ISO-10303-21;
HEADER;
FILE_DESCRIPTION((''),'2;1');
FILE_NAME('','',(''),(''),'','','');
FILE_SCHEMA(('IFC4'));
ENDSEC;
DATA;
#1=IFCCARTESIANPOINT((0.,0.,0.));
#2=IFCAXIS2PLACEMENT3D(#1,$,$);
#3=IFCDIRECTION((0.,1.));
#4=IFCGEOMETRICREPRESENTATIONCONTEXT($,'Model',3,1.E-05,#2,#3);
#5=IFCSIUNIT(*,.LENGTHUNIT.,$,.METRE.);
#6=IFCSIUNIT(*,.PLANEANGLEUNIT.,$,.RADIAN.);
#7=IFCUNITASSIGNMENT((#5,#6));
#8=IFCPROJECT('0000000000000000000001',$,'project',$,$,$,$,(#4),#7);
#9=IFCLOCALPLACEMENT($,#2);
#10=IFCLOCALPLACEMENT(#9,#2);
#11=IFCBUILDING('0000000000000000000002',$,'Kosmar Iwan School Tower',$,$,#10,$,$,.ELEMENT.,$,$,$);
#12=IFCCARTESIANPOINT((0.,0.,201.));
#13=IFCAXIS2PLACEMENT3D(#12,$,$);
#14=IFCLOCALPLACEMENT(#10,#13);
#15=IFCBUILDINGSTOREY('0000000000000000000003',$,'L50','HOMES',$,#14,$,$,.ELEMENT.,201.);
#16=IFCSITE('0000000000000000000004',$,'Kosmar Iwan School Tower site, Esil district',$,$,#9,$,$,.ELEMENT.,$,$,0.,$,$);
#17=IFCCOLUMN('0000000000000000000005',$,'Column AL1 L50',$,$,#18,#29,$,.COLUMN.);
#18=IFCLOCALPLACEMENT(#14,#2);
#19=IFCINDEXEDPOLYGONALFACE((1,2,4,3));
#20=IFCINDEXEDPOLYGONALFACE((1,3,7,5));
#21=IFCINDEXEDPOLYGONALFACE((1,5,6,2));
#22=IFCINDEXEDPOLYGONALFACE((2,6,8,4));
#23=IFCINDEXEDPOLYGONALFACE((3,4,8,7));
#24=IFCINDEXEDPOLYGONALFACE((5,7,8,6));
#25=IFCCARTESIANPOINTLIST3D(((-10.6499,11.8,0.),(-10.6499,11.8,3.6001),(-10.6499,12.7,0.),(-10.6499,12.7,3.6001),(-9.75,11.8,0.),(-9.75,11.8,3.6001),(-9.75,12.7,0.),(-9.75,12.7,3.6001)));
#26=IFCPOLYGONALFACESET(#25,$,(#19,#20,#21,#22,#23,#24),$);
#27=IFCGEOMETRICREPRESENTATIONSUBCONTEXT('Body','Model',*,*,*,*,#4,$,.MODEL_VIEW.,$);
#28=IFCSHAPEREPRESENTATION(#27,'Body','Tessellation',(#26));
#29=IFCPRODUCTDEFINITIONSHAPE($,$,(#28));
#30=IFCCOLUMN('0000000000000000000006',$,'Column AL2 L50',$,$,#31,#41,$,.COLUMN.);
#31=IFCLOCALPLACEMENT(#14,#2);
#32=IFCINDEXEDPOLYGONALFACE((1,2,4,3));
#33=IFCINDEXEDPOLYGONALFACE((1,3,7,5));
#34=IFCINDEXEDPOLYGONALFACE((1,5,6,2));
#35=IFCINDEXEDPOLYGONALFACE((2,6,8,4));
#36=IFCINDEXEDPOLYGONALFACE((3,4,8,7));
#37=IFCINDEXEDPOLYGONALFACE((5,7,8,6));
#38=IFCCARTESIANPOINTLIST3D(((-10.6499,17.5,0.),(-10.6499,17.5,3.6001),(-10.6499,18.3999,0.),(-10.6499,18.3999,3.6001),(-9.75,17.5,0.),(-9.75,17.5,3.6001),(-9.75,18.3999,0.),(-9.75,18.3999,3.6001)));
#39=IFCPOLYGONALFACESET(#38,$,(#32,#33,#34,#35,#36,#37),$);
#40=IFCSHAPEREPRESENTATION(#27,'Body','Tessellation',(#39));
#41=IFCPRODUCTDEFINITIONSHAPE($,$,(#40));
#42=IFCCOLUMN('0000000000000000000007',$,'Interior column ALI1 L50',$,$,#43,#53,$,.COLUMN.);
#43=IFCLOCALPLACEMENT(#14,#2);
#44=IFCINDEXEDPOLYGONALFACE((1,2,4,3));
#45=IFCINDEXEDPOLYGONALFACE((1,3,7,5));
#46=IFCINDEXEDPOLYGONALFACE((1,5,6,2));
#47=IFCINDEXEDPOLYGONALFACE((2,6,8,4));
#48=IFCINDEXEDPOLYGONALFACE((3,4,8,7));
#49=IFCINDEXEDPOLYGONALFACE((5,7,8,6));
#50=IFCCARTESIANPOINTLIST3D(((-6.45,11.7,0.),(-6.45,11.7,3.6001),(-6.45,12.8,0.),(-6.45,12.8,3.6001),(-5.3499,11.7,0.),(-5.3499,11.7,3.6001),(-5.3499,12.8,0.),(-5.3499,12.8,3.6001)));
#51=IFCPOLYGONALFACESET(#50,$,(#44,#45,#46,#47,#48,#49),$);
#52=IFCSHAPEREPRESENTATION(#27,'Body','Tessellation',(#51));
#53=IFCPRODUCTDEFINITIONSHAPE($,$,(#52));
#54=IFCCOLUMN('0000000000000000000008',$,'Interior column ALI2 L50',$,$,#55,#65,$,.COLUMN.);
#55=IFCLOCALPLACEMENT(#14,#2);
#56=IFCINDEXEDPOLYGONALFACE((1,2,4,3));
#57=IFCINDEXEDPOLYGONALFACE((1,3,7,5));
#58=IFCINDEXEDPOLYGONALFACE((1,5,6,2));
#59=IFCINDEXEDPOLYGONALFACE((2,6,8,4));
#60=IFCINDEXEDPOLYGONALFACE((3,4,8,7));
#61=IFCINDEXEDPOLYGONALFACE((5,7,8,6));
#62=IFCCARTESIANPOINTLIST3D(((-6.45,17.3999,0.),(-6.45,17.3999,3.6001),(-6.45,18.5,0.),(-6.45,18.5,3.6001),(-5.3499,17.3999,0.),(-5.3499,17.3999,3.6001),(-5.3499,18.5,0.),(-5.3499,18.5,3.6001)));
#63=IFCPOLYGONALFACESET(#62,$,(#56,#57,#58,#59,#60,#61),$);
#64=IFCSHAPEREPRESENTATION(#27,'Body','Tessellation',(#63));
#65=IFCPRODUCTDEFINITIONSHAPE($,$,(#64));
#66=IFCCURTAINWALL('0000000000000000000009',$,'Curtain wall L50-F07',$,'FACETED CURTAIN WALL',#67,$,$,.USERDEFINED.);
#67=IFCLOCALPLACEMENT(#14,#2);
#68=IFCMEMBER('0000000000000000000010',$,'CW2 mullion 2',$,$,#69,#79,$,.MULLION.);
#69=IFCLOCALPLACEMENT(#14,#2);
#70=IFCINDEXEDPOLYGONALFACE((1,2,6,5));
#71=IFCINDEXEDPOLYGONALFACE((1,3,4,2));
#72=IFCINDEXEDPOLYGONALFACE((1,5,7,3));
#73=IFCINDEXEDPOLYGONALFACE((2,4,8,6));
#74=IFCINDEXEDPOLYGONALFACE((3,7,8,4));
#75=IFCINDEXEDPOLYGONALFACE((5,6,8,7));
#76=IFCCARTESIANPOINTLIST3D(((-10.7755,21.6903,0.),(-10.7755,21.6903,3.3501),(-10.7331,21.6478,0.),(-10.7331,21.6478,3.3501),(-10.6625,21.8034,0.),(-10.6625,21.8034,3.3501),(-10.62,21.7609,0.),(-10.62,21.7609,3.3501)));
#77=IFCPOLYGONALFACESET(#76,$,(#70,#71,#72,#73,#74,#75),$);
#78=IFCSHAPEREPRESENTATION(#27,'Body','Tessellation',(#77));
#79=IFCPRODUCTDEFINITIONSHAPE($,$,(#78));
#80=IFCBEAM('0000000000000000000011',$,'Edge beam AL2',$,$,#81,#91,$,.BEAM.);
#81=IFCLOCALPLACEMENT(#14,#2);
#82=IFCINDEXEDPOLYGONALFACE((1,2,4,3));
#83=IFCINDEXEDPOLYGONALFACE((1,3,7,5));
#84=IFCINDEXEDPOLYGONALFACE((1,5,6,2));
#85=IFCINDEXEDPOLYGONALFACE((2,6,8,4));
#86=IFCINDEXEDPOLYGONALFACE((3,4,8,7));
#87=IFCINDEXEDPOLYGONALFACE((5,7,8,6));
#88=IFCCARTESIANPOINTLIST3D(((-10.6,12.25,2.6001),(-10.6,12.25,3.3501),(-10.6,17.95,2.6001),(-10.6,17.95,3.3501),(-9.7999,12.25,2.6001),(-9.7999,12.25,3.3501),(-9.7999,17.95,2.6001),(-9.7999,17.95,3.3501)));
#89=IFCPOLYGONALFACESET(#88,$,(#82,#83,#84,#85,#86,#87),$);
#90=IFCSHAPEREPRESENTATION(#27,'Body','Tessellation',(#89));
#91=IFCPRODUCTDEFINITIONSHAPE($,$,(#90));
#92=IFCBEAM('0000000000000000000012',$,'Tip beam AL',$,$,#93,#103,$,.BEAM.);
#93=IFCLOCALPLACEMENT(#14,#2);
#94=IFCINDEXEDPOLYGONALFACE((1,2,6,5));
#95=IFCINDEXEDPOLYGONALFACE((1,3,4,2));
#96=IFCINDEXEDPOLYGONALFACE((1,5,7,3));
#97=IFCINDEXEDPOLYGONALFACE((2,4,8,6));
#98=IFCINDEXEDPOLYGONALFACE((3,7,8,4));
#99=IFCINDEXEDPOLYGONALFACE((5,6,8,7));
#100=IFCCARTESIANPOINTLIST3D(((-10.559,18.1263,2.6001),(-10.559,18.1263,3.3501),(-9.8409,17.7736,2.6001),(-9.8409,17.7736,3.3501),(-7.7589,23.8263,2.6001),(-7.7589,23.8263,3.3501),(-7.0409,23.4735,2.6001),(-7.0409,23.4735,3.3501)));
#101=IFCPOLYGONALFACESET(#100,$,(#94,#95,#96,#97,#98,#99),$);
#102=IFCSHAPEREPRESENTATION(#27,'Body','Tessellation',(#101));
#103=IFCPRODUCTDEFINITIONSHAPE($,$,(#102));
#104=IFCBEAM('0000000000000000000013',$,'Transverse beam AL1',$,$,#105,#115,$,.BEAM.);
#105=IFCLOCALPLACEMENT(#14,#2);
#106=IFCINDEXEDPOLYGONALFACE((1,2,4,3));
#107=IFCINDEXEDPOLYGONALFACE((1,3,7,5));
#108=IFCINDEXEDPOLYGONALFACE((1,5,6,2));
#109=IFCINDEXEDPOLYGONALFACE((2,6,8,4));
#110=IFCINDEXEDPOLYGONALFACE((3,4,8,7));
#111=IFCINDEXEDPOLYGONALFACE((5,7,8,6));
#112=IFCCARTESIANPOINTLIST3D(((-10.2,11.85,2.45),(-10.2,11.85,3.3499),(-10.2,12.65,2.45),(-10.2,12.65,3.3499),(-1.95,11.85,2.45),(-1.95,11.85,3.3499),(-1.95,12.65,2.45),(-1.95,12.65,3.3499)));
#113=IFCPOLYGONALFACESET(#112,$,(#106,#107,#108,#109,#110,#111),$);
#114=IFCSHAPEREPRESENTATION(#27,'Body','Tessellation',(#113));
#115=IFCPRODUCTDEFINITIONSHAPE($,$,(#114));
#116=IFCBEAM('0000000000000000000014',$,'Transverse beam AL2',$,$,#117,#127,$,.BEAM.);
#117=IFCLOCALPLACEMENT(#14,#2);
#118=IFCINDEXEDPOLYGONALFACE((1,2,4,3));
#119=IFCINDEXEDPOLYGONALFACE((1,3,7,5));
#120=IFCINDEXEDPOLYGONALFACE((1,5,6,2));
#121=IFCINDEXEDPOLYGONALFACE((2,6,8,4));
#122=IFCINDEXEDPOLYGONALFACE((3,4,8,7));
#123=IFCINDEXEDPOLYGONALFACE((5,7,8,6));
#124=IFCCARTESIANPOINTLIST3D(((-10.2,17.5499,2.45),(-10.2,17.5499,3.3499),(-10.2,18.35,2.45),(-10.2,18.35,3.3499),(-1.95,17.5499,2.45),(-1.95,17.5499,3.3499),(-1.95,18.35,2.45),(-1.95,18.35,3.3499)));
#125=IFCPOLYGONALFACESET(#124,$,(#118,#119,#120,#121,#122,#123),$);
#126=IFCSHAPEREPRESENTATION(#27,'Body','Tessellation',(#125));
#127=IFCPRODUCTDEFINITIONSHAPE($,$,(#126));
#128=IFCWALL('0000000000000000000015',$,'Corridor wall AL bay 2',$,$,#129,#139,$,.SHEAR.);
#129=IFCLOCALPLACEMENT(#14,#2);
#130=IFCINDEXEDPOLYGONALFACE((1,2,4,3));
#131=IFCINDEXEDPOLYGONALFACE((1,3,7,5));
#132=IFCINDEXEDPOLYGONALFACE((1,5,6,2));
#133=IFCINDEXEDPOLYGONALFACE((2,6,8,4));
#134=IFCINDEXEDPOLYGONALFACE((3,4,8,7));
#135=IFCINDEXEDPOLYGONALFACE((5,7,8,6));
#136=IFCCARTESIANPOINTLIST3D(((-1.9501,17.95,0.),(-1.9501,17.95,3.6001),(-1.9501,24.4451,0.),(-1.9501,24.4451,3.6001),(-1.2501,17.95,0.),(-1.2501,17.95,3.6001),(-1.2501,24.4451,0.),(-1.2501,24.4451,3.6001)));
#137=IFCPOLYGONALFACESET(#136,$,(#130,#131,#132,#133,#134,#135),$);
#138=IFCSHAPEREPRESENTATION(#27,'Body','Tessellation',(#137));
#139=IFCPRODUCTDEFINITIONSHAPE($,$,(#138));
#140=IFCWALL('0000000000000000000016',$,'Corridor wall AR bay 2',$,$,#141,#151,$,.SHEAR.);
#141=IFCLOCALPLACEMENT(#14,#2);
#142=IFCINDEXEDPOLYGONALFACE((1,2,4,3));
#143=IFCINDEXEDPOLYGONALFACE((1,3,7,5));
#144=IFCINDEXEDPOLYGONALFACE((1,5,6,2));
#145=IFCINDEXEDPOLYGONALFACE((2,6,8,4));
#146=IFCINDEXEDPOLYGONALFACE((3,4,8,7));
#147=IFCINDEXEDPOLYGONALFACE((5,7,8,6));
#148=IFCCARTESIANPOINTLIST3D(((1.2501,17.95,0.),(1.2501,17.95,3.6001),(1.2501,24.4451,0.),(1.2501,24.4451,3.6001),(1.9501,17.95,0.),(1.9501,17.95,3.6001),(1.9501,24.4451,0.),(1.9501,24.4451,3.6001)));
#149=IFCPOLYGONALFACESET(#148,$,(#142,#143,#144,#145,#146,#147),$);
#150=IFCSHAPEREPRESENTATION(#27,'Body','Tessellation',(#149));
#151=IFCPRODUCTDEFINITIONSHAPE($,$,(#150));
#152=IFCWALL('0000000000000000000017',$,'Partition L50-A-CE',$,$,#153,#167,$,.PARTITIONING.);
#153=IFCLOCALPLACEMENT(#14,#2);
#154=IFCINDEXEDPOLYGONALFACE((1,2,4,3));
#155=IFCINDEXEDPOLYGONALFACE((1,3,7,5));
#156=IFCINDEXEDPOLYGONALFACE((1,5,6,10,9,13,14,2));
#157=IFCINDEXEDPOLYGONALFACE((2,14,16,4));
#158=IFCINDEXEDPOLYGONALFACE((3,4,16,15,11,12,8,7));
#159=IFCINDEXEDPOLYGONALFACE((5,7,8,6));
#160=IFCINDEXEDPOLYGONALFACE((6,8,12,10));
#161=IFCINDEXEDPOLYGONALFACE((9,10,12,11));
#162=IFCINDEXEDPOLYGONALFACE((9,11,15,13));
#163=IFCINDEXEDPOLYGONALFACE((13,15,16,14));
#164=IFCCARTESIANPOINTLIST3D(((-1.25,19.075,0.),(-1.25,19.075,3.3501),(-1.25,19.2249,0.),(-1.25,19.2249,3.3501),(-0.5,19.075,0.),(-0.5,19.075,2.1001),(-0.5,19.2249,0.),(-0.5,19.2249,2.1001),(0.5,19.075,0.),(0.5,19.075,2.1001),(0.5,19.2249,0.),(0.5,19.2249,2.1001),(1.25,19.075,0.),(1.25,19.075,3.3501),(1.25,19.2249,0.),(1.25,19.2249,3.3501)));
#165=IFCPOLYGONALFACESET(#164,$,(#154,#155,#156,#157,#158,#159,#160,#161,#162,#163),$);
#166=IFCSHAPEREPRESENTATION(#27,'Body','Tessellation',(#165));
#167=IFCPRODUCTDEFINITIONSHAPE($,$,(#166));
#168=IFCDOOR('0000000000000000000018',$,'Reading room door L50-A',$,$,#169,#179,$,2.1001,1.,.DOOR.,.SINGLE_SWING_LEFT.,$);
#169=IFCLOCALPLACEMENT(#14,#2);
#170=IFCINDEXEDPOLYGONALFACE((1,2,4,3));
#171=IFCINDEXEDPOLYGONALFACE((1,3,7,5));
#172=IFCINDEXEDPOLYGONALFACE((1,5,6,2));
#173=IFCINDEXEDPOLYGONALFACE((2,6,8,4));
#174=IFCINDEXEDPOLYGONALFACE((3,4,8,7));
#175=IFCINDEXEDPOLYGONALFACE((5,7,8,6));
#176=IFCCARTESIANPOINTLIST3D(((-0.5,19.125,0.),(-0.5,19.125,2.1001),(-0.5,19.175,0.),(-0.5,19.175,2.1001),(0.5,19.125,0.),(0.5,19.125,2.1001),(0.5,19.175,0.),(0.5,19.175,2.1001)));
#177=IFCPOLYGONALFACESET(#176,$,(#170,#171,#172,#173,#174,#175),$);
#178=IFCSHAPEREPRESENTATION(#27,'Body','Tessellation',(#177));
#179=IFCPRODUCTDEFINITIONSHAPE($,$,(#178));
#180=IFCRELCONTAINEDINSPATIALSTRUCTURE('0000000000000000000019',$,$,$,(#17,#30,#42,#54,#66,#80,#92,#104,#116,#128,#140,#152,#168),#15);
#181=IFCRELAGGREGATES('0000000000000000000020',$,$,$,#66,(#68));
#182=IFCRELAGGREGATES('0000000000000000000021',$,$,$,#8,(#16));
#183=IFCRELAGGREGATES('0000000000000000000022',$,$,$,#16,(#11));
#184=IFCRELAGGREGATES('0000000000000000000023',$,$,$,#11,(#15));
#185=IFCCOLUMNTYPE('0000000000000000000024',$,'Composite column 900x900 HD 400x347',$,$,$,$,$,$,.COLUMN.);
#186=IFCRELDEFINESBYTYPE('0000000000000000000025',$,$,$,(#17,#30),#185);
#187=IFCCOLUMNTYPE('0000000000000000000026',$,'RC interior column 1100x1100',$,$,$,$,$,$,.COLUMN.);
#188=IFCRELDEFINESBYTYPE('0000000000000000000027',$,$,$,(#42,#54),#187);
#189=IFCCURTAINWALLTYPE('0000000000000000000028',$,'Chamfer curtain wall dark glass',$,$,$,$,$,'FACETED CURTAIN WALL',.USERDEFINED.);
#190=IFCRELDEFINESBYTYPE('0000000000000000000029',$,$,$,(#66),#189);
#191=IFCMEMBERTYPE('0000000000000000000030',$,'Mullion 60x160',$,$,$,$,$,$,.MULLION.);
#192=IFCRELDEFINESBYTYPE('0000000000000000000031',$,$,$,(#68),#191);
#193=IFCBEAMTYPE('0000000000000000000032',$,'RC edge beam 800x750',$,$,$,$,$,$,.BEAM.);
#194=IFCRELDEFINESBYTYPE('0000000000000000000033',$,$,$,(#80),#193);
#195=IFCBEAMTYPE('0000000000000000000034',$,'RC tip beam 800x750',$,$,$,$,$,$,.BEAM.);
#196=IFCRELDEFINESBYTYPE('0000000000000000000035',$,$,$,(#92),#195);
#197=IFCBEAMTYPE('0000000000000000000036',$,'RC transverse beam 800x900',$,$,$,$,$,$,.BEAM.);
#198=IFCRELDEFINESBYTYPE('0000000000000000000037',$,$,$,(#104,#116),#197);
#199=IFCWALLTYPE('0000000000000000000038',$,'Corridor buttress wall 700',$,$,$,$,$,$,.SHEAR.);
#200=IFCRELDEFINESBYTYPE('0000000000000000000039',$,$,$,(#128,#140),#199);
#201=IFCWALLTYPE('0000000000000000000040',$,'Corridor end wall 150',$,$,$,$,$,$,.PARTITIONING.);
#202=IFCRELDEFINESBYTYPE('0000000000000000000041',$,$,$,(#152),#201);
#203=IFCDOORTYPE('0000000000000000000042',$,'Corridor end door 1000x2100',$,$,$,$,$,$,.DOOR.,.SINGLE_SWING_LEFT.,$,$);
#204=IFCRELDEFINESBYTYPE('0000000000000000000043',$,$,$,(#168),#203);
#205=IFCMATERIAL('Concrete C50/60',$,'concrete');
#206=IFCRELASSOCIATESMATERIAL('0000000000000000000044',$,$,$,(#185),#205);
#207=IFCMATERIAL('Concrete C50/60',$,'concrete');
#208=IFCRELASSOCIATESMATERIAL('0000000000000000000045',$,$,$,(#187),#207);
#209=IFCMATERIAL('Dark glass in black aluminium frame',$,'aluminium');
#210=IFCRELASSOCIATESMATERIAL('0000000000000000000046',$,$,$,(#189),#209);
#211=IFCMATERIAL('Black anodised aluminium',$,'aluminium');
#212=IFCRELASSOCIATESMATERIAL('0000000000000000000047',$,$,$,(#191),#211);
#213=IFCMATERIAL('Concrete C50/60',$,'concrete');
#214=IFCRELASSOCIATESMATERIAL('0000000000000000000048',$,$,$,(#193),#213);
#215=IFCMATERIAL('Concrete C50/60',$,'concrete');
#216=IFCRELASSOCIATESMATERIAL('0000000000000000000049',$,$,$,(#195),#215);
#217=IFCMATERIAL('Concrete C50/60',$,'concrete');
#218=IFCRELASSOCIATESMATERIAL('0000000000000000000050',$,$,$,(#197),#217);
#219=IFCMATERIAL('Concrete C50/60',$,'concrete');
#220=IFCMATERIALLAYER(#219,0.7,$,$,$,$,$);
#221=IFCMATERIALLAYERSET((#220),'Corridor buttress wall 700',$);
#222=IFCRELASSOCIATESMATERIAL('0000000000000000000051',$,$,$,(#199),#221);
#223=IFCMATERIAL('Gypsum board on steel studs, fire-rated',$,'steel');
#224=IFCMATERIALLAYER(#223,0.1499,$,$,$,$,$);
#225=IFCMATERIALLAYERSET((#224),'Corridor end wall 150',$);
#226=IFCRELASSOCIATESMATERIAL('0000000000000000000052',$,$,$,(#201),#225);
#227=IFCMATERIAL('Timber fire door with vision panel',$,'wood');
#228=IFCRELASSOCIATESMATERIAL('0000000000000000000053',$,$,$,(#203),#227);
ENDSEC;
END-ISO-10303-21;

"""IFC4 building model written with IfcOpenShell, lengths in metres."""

from ifc_helpers import new_model, si_unit, direction, frame, frame_2d, origin, origin_2d, place, context, subcontext, project, spatial, rectangle, extrude, material, layer, layer_set, material_profile, profile_set, type_object, element, fill, aggregate, save


model = new_model("IFC4")

# Units and contexts
model_context = context("Model", 3, precision=1e-05, world=origin(), true_north=direction((0.0, 1.0)))
body_context = subcontext(model_context, "Body", "Model", "MODEL_VIEW")
ifc_project = project(units=[si_unit("LENGTHUNIT", "METRE"), si_unit("PLANEANGLEUNIT", "RADIAN")], contexts=[model_context])

# Site, building, storey
site_placement = place(None, origin())
site = spatial("IfcSite", under=ifc_project, at=site_placement, Name="Kosmar Iwan School Tower site, Esil district", CompositionType="ELEMENT", RefElevation=0.0)
building_placement = place(site_placement, origin())
building = spatial("IfcBuilding", under=site, at=building_placement, Name="Kosmar Iwan School Tower", CompositionType="ELEMENT")
storey_placement = place(building_placement, frame((0.0, 0.0, 201.0)))
storey = spatial("IfcBuildingStorey", under=building, at=storey_placement, Name="L50", Description="HOMES", CompositionType="ELEMENT", Elevation=201.0)

# Columns
ifc_material_1 = material(Name="Concrete C50/60", Category="concrete")
ifc_material_profile_1 = material_profile(ifc_material_1, rectangle(XDim=0.8999, YDim=0.8999, at=origin_2d()), Name="RC 900x900 + HD 400x347")
ifc_profile_set_1 = profile_set([ifc_material_profile_1], Name="Concrete C50/60")
column_type_1 = type_object("IfcColumnType", Name="Composite column 900x900 HD 400x347", PredefinedType="COLUMN", material=ifc_profile_set_1)
for number, where, z_axis, x_axis, name in (
    (1, (-10.2, 12.25, 0.0), (0.0, 0.0, 1.0), (0.0, 1.0, 0.0), "Column AL1 L50"),
    (2, (-10.2, 17.95, 0.0), (0.0, 0.0, 1.0), (0.0, 1.0, 0.0), "Column AL2 L50"),
):
    element("IfcColumn", number, at=place(storey_placement, frame(where, z_axis=z_axis, x_axis=x_axis)), inside=storey, type_object=column_type_1, Name=name, PredefinedType="COLUMN", context=body_context, shape_type="SweptSolid", body=[
        extrude(rectangle(XDim=0.8999, YDim=0.8999, at=origin_2d()), origin(), (0.0, 0.0, 1.0), 3.6001),
    ])
ifc_material_2 = material(Name="Concrete C50/60", Category="concrete")
ifc_material_profile_2 = material_profile(ifc_material_2, rectangle(XDim=1.1001, YDim=1.1001, at=origin_2d()), Name="RC 1100x1100")
ifc_profile_set_2 = profile_set([ifc_material_profile_2], Name="Concrete C50/60")
column_type_2 = type_object("IfcColumnType", Name="RC interior column 1100x1100", PredefinedType="COLUMN", material=ifc_profile_set_2)
for number, where, z_axis, x_axis, name in (
    (3, (-5.8999, 12.25, 0.0), (0.0, 0.0, 1.0), (0.0, 1.0, 0.0), "Interior column ALI1 L50"),
    (4, (-5.8999, 17.95, 0.0), (0.0, 0.0, 1.0), (0.0, 1.0, 0.0), "Interior column ALI2 L50"),
):
    element("IfcColumn", number, at=place(storey_placement, frame(where, z_axis=z_axis, x_axis=x_axis)), inside=storey, type_object=column_type_2, Name=name, PredefinedType="COLUMN", context=body_context, shape_type="SweptSolid", body=[
        extrude(rectangle(XDim=1.1001, YDim=1.1001, at=origin_2d()), origin(), (0.0, 0.0, 1.0), 3.6001),
    ])

# Curtain wall, member
ifc_material_3 = material(Name="Dark glass in black aluminium frame", Category="aluminium")
curtain_wall_type = type_object("IfcCurtainWallType", Name="Chamfer curtain wall dark glass", ElementType="FACETED CURTAIN WALL", PredefinedType="USERDEFINED", material=ifc_material_3)
curtain_wall_placement = place(storey_placement, origin())
curtain_wall = element("IfcCurtainWall", 5, at=curtain_wall_placement, inside=storey, type_object=curtain_wall_type, Name="Curtain wall L50-F07", ObjectType="FACETED CURTAIN WALL", PredefinedType="USERDEFINED")
ifc_material_4 = material(Name="Black anodised aluminium", Category="aluminium")
ifc_material_profile_3 = material_profile(ifc_material_4, rectangle(XDim=0.0601, YDim=0.1599, at=origin_2d()), Name="MULLION 60x160")
ifc_profile_set_3 = profile_set([ifc_material_profile_3], Name="Black anodised aluminium")
member_type = type_object("IfcMemberType", Name="Mullion 60x160", PredefinedType="MULLION", material=ifc_profile_set_3)
member_placement = place(storey_placement, frame((-10.6978, 21.7256, 0.0), z_axis=(0.0, 0.0, 1.0), x_axis=(0.707107, -0.707107, 0.0)))
member = element("IfcMember", 6, at=member_placement, type_object=member_type, Name="CW2 mullion 2", PredefinedType="MULLION", context=body_context, shape_type="SweptSolid", body=[
    extrude(rectangle(XDim=0.0601, YDim=0.1599, at=origin_2d()), origin(), (0.0, 0.0, 1.0), 3.3501),
])
aggregate(curtain_wall, [member])

# Beams
ifc_material_5 = material(Name="Concrete C50/60", Category="concrete")
ifc_material_profile_4 = material_profile(ifc_material_5, rectangle(XDim=0.8, YDim=0.75, at=origin_2d()), Name="RC 800x750")
ifc_profile_set_4 = profile_set([ifc_material_profile_4], Name="Concrete C50/60")
beam_type_1 = type_object("IfcBeamType", Name="RC edge beam 800x750", PredefinedType="BEAM", material=ifc_profile_set_4)
beam_1_placement = place(storey_placement, frame((-10.2, 12.25, 2.9751), z_axis=(0.0, 1.0, 0.0), x_axis=(-1.0, 0.0, 0.0)))
element("IfcBeam", 7, at=beam_1_placement, inside=storey, type_object=beam_type_1, Name="Edge beam AL2", PredefinedType="BEAM", context=body_context, shape_type="SweptSolid", body=[
    extrude(rectangle(XDim=0.8, YDim=0.75, at=origin_2d()), origin(), (0.0, 0.0, 1.0), 5.7),
])
ifc_material_6 = material(Name="Concrete C50/60", Category="concrete")
ifc_material_profile_5 = material_profile(ifc_material_6, rectangle(XDim=0.8, YDim=0.75, at=origin_2d()), Name="RC 800x750")
ifc_profile_set_5 = profile_set([ifc_material_profile_5], Name="Concrete C50/60")
beam_type_2 = type_object("IfcBeamType", Name="RC tip beam 800x750", PredefinedType="BEAM", material=ifc_profile_set_5)
beam_2_placement = place(storey_placement, frame((-10.2, 17.95, 2.9751), z_axis=(0.440913, 0.89755, 0.0), x_axis=(-0.89755, 0.440913, 0.0)))
element("IfcBeam", 8, at=beam_2_placement, inside=storey, type_object=beam_type_2, Name="Tip beam AL", PredefinedType="BEAM", context=body_context, shape_type="SweptSolid", body=[
    extrude(rectangle(XDim=0.8, YDim=0.75, at=origin_2d()), origin(), (0.0, 0.0, 1.0), 6.3506),
])
ifc_material_7 = material(Name="Concrete C50/60", Category="concrete")
ifc_material_profile_6 = material_profile(ifc_material_7, rectangle(XDim=0.8, YDim=0.8999, at=origin_2d()), Name="RC 800x900")
ifc_profile_set_6 = profile_set([ifc_material_profile_6], Name="Concrete C50/60")
beam_type_3 = type_object("IfcBeamType", Name="RC transverse beam 800x900", PredefinedType="BEAM", material=ifc_profile_set_6)
for number, where, z_axis, x_axis, name in (
    (9, (-10.2, 12.25, 2.8999), (1.0, 0.0, 0.0), (0.0, 1.0, 0.0), "Transverse beam AL1"),
    (10, (-10.2, 17.95, 2.8999), (1.0, 0.0, 0.0), (0.0, 1.0, 0.0), "Transverse beam AL2"),
):
    element("IfcBeam", number, at=place(storey_placement, frame(where, z_axis=z_axis, x_axis=x_axis)), inside=storey, type_object=beam_type_3, Name=name, PredefinedType="BEAM", context=body_context, shape_type="SweptSolid", body=[
        extrude(rectangle(XDim=0.8, YDim=0.8999, at=origin_2d()), origin(), (0.0, 0.0, 1.0), 8.25),
    ])

# Walls
ifc_material_8 = material(Name="Concrete C50/60", Category="concrete")
ifc_layer_1 = layer(ifc_material_8, 0.7)
ifc_layer_set_1 = layer_set([ifc_layer_1], Name="Corridor buttress wall 700")
wall_type_1 = type_object("IfcWallType", Name="Corridor buttress wall 700", PredefinedType="SHEAR", material=ifc_layer_set_1)
for number, where, z_axis, x_axis, name in (
    (11, (-1.6001, 17.95, 0.0), (0.0, 0.0, 1.0), (0.0, 1.0, 0.0), "Corridor wall AL bay 2"),
    (12, (1.6001, 17.95, 0.0), (0.0, 0.0, 1.0), (0.0, 1.0, 0.0), "Corridor wall AR bay 2"),
):
    element("IfcWall", number, at=place(storey_placement, frame(where, z_axis=z_axis, x_axis=x_axis)), inside=storey, type_object=wall_type_1, Name=name, PredefinedType="SHEAR", context=body_context, shape_type="SweptSolid", body=[
        extrude(rectangle(XDim=6.4951, YDim=0.7, at=frame_2d((3.2476, 0.0))), origin(), (0.0, 0.0, 1.0), 3.6001),
    ])

# Wall, opening, door
ifc_material_9 = material(Name="Gypsum board on steel studs, fire-rated", Category="steel")
ifc_layer_2 = layer(ifc_material_9, 0.1499)
ifc_layer_set_2 = layer_set([ifc_layer_2], Name="Corridor end wall 150")
wall_type_2 = type_object("IfcWallType", Name="Corridor end wall 150", PredefinedType="PARTITIONING", material=ifc_layer_set_2)
wall_1_placement = place(storey_placement, frame((1.25, 19.1499, 0.0), z_axis=(0.0, 0.0, 1.0), x_axis=(-1.0, 0.0, 0.0)))
wall_1 = element("IfcWall", 13, at=wall_1_placement, inside=storey, type_object=wall_type_2, Name="Partition L50-A-CE", PredefinedType="PARTITIONING", context=body_context, shape_type="SweptSolid", body=[
    extrude(rectangle(XDim=2.5, YDim=0.1499, at=frame_2d((1.25, 0.0))), origin(), (0.0, 0.0, 1.0), 3.3501),
])
opening_1_placement = place(wall_1_placement, frame((0.75, 0.0, 0.0)))
opening_1 = element("IfcOpeningElement", 14, at=opening_1_placement, cuts=wall_1, PredefinedType="OPENING", context=body_context, shape_type="SweptSolid", body=[
    extrude(rectangle(XDim=1.0, YDim=2.1001, at=frame_2d((0.5, 1.05))), frame((0.0, 0.0869, 0.0), z_axis=(0.0, -1.0, 0.0), x_axis=(1.0, 0.0, 0.0)), (0.0, 0.0, 1.0), 0.1738),
])
ifc_material_10 = material(Name="Timber fire door with vision panel", Category="wood")
door_type = type_object("IfcDoorType", Name="Corridor end door 1000x2100", OperationType="SINGLE_SWING_LEFT", PredefinedType="DOOR", material=ifc_material_10)
door_1_placement = place(opening_1_placement, origin())
door_1 = element("IfcDoor", 15, at=door_1_placement, inside=storey, type_object=door_type, Name="Reading room door L50-A", OperationType="SINGLE_SWING_LEFT", OverallHeight=2.1001, OverallWidth=1.0, PredefinedType="DOOR", context=body_context, shape_type="SweptSolid", body=[
    extrude(rectangle(XDim=1.0, YDim=2.1001, at=frame_2d((0.5, 1.05))), frame((0.0, 0.0249, 0.0), z_axis=(0.0, -1.0, 0.0), x_axis=(1.0, 0.0, 0.0)), (0.0, 0.0, 1.0), 0.05),
])
fill(opening_1, door_1)

save(model, "model.ifc")
